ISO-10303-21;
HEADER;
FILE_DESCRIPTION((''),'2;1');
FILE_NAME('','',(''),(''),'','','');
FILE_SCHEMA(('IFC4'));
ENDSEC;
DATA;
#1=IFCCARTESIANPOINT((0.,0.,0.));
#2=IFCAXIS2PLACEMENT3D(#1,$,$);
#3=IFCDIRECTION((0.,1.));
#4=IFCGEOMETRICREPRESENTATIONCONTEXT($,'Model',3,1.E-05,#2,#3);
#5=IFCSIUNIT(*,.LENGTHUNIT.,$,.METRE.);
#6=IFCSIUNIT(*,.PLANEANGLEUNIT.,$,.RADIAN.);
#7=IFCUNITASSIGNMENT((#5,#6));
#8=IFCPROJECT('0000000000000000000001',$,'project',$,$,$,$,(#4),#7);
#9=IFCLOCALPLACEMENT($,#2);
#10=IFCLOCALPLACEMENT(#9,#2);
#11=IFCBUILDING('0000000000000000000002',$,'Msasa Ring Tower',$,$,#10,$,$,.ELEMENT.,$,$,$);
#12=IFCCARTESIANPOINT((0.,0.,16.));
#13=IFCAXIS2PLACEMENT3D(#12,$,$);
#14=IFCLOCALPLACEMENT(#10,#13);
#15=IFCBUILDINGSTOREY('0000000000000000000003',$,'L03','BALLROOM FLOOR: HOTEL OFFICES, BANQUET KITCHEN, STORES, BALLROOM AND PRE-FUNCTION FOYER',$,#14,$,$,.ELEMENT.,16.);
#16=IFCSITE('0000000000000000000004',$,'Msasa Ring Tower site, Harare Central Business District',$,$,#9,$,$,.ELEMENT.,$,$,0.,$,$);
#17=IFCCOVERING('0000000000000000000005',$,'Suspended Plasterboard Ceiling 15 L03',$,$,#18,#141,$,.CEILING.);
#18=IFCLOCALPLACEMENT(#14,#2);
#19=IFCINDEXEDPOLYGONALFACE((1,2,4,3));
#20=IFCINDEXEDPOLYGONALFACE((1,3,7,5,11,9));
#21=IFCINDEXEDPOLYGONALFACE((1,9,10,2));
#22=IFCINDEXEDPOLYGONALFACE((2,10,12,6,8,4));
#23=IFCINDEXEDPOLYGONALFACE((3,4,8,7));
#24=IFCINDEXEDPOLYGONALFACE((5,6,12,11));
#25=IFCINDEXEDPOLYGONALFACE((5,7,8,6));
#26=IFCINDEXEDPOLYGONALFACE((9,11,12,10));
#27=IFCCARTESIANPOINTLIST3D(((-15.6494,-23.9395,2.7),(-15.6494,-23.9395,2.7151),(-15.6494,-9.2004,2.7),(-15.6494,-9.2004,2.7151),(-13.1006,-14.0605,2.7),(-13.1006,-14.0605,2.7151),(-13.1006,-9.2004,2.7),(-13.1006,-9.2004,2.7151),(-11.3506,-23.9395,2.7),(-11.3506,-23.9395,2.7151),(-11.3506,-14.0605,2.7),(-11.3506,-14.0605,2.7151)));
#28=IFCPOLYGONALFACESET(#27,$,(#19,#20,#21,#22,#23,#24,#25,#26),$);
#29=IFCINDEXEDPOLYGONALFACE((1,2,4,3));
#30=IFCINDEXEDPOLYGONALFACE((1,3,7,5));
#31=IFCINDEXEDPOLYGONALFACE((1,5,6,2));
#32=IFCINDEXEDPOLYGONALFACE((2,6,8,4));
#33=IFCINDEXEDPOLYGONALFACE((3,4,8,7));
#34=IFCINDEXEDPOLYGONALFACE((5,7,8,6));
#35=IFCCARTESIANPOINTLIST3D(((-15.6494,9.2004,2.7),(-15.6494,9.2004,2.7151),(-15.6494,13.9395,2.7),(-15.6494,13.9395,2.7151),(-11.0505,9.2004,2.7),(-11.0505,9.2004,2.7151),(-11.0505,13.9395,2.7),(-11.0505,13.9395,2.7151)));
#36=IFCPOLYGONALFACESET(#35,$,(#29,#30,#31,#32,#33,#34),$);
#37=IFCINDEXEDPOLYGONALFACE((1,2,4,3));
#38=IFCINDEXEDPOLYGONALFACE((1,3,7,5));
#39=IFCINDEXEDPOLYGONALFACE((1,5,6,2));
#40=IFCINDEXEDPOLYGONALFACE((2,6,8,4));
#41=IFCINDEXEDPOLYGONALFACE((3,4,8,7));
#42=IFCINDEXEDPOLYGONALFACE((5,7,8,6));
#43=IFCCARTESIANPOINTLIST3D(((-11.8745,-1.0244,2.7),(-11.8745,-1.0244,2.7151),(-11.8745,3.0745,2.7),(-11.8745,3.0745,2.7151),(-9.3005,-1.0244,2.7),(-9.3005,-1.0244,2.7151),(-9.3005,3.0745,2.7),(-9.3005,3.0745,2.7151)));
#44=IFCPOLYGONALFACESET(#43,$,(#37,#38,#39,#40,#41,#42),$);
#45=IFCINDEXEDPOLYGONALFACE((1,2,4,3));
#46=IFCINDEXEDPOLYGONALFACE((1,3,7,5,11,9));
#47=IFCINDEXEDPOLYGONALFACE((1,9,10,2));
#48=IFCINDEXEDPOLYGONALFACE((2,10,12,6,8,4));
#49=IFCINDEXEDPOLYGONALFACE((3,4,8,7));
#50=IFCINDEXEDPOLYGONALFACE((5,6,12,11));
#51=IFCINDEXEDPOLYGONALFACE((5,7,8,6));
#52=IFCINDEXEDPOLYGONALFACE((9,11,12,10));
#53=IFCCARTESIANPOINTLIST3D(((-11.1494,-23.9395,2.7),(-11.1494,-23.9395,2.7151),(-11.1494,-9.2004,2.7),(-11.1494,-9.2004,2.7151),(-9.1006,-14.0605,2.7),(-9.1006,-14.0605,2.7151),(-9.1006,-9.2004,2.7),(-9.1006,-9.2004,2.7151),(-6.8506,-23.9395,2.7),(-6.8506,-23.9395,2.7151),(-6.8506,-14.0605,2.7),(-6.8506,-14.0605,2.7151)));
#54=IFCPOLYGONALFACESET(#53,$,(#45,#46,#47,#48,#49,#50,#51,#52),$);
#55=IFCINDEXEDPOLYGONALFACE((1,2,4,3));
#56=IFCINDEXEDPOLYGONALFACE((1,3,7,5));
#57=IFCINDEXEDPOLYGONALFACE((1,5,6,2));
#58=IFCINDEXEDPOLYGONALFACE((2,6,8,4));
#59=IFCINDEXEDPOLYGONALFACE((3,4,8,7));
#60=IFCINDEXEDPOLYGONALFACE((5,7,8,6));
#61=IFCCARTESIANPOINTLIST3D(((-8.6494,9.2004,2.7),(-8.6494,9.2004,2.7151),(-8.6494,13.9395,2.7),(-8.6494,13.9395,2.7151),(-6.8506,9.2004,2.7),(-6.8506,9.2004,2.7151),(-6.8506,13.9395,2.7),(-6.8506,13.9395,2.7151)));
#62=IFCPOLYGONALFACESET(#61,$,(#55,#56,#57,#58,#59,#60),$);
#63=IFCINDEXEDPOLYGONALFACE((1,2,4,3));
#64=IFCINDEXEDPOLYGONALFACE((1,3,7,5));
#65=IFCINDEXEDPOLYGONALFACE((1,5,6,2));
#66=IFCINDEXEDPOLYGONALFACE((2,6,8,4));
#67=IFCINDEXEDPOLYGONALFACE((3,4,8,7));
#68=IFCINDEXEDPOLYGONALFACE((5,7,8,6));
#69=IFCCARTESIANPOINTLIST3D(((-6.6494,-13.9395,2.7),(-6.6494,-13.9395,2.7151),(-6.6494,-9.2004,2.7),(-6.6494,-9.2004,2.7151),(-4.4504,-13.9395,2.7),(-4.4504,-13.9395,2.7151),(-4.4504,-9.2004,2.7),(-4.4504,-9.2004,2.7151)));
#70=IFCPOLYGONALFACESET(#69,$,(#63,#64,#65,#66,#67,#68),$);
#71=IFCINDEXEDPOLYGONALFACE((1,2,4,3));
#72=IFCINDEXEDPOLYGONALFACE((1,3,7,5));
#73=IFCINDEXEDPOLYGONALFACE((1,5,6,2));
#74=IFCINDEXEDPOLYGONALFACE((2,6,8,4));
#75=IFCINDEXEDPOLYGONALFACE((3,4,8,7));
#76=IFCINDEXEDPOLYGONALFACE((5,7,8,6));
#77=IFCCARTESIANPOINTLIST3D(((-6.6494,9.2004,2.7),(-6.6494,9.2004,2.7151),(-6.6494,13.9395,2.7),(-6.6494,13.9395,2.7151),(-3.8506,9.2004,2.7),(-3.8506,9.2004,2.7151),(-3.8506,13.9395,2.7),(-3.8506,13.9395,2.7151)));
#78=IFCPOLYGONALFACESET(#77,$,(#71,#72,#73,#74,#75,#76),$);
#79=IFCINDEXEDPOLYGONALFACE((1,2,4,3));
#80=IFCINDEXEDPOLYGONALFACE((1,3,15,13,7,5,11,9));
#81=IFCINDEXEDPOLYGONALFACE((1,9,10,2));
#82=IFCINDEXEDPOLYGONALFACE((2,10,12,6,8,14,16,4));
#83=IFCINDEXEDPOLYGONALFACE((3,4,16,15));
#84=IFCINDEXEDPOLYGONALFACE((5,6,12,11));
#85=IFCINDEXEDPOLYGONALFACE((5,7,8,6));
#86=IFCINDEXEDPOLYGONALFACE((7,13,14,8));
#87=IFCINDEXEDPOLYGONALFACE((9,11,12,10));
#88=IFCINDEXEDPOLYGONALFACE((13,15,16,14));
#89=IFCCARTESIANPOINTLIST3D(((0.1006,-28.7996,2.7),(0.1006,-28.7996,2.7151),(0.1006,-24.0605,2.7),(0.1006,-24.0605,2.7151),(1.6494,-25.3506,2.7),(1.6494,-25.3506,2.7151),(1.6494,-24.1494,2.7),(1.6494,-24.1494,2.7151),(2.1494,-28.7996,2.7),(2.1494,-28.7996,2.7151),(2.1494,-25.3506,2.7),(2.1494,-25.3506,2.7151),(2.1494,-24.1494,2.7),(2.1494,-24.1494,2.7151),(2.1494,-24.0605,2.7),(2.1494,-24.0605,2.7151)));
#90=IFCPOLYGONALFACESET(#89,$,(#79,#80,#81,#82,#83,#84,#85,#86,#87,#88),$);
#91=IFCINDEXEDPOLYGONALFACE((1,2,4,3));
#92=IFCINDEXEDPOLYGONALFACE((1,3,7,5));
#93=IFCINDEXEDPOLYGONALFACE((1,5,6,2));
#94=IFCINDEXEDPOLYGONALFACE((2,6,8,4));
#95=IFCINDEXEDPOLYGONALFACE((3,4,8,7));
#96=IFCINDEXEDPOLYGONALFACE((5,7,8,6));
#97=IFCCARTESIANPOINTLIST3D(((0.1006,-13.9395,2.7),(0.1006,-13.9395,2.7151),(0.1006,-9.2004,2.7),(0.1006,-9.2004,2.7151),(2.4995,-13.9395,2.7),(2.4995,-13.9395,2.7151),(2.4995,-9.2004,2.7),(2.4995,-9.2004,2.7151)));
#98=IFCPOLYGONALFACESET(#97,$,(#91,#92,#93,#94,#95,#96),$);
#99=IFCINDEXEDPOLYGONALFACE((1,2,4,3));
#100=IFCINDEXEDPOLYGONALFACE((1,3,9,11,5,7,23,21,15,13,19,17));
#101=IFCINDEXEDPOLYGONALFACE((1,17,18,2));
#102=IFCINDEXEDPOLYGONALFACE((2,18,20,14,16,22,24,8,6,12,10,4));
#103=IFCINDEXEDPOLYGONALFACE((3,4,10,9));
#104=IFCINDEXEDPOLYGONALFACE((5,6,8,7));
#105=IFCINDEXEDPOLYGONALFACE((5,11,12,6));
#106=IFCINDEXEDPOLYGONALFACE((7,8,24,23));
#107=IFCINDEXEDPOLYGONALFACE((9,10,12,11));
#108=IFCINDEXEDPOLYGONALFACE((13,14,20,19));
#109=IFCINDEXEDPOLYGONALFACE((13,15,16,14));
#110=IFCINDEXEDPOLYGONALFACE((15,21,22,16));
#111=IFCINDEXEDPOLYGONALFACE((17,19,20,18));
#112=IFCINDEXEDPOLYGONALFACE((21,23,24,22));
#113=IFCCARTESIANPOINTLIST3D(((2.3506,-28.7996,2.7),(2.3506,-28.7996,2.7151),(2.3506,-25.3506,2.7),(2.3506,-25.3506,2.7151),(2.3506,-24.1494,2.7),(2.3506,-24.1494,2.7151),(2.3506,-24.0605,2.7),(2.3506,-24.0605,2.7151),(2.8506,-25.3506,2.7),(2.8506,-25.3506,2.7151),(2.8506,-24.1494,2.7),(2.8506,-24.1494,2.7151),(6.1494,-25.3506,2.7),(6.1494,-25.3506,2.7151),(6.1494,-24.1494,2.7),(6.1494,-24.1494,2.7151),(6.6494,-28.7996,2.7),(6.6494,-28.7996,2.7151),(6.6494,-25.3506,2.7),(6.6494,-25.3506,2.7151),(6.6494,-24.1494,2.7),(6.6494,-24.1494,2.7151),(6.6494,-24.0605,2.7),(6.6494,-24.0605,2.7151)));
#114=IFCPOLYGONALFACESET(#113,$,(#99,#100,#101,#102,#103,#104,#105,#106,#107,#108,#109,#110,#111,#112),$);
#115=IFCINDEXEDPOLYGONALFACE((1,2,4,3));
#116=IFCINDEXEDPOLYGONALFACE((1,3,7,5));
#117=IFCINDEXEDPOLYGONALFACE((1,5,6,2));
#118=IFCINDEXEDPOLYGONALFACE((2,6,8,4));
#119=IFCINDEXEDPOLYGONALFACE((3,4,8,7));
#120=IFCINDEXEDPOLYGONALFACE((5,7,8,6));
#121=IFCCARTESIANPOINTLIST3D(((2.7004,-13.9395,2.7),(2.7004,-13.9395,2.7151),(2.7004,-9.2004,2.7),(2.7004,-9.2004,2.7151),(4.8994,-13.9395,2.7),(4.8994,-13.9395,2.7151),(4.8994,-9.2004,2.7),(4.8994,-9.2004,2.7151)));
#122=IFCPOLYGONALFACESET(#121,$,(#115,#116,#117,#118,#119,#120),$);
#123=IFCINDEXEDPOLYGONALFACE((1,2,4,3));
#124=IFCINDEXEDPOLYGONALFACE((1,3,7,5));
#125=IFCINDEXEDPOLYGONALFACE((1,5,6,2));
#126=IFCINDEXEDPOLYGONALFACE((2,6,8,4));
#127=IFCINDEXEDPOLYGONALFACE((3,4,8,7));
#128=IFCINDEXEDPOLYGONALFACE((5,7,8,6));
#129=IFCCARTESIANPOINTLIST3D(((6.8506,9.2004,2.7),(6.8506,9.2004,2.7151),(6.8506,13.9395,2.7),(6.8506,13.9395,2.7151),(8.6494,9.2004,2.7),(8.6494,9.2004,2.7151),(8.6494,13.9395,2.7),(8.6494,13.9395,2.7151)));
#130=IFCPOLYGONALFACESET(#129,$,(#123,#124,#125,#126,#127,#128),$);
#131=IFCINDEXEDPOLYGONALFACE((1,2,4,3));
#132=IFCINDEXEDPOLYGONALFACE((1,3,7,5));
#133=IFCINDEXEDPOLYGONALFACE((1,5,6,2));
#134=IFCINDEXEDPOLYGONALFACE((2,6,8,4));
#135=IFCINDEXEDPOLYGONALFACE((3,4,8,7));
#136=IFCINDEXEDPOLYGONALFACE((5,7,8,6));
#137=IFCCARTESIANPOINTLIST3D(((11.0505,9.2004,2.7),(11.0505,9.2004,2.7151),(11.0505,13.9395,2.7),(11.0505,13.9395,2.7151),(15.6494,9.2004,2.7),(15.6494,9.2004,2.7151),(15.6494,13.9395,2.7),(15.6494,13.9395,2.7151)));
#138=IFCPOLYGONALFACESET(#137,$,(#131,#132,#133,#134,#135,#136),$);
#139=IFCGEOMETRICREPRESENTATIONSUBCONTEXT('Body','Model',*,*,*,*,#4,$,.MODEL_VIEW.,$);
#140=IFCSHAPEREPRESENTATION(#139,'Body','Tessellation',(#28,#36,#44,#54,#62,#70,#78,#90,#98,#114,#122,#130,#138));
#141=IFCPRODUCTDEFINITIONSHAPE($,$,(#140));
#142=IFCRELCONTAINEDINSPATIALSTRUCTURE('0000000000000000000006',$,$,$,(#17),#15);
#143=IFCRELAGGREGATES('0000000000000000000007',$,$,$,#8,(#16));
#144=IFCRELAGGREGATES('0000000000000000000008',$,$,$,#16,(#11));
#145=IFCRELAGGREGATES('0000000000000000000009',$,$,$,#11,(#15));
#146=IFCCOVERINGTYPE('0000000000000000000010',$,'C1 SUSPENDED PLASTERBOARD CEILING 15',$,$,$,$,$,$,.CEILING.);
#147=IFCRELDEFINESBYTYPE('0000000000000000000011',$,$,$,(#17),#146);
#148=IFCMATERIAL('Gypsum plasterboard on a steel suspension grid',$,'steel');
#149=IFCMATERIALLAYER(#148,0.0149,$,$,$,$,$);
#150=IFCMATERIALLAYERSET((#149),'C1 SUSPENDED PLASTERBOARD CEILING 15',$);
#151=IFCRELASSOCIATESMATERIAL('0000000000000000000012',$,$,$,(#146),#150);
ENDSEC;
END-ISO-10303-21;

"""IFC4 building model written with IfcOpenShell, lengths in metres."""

from ifc_helpers import new_model, si_unit, direction, frame, origin, place, context, subcontext, project, spatial, line, indexed_curve, outline, extrude, material, layer, layer_set, type_object, element, save


model = new_model("IFC4")

# Units and contexts
model_context = context("Model", 3, precision=1e-05, world=origin(), true_north=direction((0.0, 1.0)))
body_context = subcontext(model_context, "Body", "Model", "MODEL_VIEW")
ifc_project = project(units=[si_unit("LENGTHUNIT", "METRE"), si_unit("PLANEANGLEUNIT", "RADIAN")], contexts=[model_context])

# Site, building, storey
site_placement = place(None, origin())
site = spatial("IfcSite", under=ifc_project, at=site_placement, Name="Msasa Ring Tower site, Harare Central Business District", CompositionType="ELEMENT", RefElevation=0.0)
building_placement = place(site_placement, origin())
building = spatial("IfcBuilding", under=site, at=building_placement, Name="Msasa Ring Tower", CompositionType="ELEMENT")
storey_placement = place(building_placement, frame((0.0, 0.0, 16.0)))
storey = spatial("IfcBuildingStorey", under=building, at=storey_placement, Name="L03", Description="BALLROOM FLOOR: HOTEL OFFICES, BANQUET KITCHEN, STORES, BALLROOM AND PRE-FUNCTION FOYER", CompositionType="ELEMENT", Elevation=16.0)

# Covering
ifc_material_1 = material(Name="Gypsum plasterboard on a steel suspension grid", Category="steel")
ifc_layer_1 = layer(ifc_material_1, 0.0149)
ifc_layer_set_1 = layer_set([ifc_layer_1], Name="C1 SUSPENDED PLASTERBOARD CEILING 15")
covering_type_1 = type_object("IfcCoveringType", Name="C1 SUSPENDED PLASTERBOARD CEILING 15", PredefinedType="CEILING", material=ifc_layer_set_1)
covering_1_placement = place(storey_placement, frame((0.0, 0.0, 2.7)))
element("IfcCovering", 1, at=covering_1_placement, inside=storey, type_object=covering_type_1, Name="Suspended Plasterboard Ceiling 15 L03", PredefinedType="CEILING", context=body_context, shape_type="SweptSolid", body=[
    extrude(outline(indexed_curve([(-15.6494, -9.2004), (-13.1006, -9.2004), (-13.1006, -14.0605), (-11.3506, -14.0605), (-11.3506, -23.9395), (-15.6494, -23.9395)], segments=[line(1, 2, 3, 4, 5, 6, 1)], self_intersect=False)), origin(), (0.0, 0.0, 1.0), 0.0151),
    extrude(outline(indexed_curve([(-15.6494, 13.9395), (-11.0505, 13.9395), (-11.0505, 9.2004), (-15.6494, 9.2004)], segments=[line(1, 2, 3, 4, 1)], self_intersect=False)), origin(), (0.0, 0.0, 1.0), 0.0151),
    extrude(outline(indexed_curve([(-11.8745, -1.0244), (-11.8745, 3.0745), (-9.3005, 3.0745), (-9.3005, -1.0244)], segments=[line(1, 2, 3, 4, 1)], self_intersect=False)), origin(), (0.0, 0.0, 1.0), 0.0151),
    extrude(outline(indexed_curve([(-9.1006, -9.2004), (-9.1006, -14.0605), (-6.8506, -14.0605), (-6.8506, -23.9395), (-11.1494, -23.9395), (-11.1494, -9.2004)], segments=[line(1, 2, 3, 4, 5, 6, 1)], self_intersect=False)), origin(), (0.0, 0.0, 1.0), 0.0151),
    extrude(outline(indexed_curve([(-8.6494, 13.9395), (-6.8506, 13.9395), (-6.8506, 9.2004), (-8.6494, 9.2004)], segments=[line(1, 2, 3, 4, 1)], self_intersect=False)), origin(), (0.0, 0.0, 1.0), 0.0151),
    extrude(outline(indexed_curve([(-4.4504, -9.2004), (-4.4504, -13.9395), (-6.6494, -13.9395), (-6.6494, -9.2004)], segments=[line(1, 2, 3, 4, 1)], self_intersect=False)), origin(), (0.0, 0.0, 1.0), 0.0151),
    extrude(outline(indexed_curve([(-6.6494, 9.2004), (-6.6494, 13.9395), (-3.8506, 13.9395), (-3.8506, 9.2004)], segments=[line(1, 2, 3, 4, 1)], self_intersect=False)), origin(), (0.0, 0.0, 1.0), 0.0151),
    extrude(outline(indexed_curve([(2.1494, -24.0605), (2.1494, -24.1494), (1.6494, -24.1494), (1.6494, -25.3506), (2.1494, -25.3506), (2.1494, -28.7996), (0.1006, -28.7996), (0.1006, -24.0605)], segments=[line(1, 2, 3, 4, 5, 6, 7, 8, 1)], self_intersect=False)), origin(), (0.0, 0.0, 1.0), 0.0151),
    extrude(outline(indexed_curve([(0.1006, -9.2004), (2.4995, -9.2004), (2.4995, -13.9395), (0.1006, -13.9395)], segments=[line(1, 2, 3, 4, 1)], self_intersect=False)), origin(), (0.0, 0.0, 1.0), 0.0151),
    extrude(outline(indexed_curve([(6.6494, -24.0605), (6.6494, -24.1494), (6.1494, -24.1494), (6.1494, -25.3506), (6.6494, -25.3506), (6.6494, -28.7996), (2.3506, -28.7996), (2.3506, -25.3506), (2.8506, -25.3506), (2.8506, -24.1494), (2.3506, -24.1494), (2.3506, -24.0605)], segments=[line(1, 2, 3, 4, 5, 6, 7, 8, 9, 10, 11, 12, 1)], self_intersect=False)), origin(), (0.0, 0.0, 1.0), 0.0151),
    extrude(outline(indexed_curve([(2.7004, -9.2004), (4.8994, -9.2004), (4.8994, -13.9395), (2.7004, -13.9395)], segments=[line(1, 2, 3, 4, 1)], self_intersect=False)), origin(), (0.0, 0.0, 1.0), 0.0151),
    extrude(outline(indexed_curve([(8.6494, 13.9395), (8.6494, 9.2004), (6.8506, 9.2004), (6.8506, 13.9395)], segments=[line(1, 2, 3, 4, 1)], self_intersect=False)), origin(), (0.0, 0.0, 1.0), 0.0151),
    extrude(outline(indexed_curve([(11.0505, 13.9395), (15.6494, 13.9395), (15.6494, 9.2004), (11.0505, 9.2004)], segments=[line(1, 2, 3, 4, 1)], self_intersect=False)), origin(), (0.0, 0.0, 1.0), 0.0151),
])

save(model, "model.ifc")
